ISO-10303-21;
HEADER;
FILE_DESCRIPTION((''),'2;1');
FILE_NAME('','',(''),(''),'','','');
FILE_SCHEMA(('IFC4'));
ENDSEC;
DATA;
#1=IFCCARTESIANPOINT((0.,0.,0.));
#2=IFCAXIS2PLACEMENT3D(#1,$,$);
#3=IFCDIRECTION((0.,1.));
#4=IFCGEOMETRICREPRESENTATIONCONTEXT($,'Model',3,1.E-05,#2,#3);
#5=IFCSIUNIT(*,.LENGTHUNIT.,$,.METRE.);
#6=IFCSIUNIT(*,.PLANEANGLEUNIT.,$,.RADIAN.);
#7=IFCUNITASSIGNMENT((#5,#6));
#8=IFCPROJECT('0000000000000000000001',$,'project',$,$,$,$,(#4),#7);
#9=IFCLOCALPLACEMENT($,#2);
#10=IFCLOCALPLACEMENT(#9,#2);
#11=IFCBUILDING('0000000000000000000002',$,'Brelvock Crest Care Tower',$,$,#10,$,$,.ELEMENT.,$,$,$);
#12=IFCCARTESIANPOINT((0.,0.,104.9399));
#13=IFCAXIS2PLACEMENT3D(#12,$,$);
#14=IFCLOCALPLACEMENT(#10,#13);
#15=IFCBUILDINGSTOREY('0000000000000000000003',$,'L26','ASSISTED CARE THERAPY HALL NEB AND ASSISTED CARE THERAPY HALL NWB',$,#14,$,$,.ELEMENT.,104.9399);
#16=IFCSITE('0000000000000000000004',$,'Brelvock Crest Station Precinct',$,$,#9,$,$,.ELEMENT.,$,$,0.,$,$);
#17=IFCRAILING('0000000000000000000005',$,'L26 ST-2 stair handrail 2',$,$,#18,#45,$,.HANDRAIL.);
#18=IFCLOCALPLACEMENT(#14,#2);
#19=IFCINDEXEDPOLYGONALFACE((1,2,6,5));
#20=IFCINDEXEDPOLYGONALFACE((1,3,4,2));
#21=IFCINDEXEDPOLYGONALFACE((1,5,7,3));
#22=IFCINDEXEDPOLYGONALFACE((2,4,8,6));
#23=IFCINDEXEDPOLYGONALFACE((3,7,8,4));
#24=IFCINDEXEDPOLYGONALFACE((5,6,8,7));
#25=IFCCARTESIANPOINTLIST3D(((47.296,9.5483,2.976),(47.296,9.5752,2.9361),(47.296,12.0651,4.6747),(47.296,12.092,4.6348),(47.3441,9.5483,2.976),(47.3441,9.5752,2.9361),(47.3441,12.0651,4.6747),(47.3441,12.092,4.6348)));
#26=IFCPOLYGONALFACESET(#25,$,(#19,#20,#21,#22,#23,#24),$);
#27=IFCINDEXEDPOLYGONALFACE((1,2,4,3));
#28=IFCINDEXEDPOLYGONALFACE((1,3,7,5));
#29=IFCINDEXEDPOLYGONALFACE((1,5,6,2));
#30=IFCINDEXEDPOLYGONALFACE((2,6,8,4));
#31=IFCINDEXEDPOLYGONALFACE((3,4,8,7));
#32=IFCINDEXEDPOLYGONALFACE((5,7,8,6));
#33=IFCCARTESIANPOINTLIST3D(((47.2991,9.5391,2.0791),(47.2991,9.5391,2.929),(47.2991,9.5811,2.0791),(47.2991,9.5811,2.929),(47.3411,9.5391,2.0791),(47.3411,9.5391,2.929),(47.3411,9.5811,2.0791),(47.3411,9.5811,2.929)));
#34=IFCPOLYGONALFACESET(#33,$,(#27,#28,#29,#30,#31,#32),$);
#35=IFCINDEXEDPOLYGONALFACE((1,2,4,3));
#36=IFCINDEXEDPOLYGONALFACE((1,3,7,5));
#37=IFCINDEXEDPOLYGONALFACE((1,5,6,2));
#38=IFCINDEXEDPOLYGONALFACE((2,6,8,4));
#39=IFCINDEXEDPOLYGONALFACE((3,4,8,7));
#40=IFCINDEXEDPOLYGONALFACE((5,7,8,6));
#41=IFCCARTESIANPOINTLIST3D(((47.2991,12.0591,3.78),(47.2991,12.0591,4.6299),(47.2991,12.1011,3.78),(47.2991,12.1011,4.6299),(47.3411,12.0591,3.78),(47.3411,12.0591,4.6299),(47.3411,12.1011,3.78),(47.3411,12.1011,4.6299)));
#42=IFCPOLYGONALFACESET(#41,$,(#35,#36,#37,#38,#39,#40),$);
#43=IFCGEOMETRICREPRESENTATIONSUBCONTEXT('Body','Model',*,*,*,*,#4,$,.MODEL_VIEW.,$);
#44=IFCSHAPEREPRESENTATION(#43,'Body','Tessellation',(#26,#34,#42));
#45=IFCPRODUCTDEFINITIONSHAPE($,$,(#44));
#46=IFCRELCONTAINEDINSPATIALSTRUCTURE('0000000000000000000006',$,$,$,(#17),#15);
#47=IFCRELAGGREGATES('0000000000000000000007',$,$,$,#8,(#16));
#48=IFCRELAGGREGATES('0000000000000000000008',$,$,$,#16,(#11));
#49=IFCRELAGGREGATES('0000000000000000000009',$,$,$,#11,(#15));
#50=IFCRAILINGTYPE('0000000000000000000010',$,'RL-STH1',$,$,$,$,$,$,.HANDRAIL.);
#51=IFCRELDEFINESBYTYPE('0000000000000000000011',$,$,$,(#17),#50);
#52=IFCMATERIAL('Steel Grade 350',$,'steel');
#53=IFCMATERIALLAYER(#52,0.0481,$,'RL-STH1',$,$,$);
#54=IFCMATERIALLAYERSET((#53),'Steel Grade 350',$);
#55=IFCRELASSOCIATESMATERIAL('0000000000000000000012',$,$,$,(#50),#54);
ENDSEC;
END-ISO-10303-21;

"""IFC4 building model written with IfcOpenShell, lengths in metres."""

from ifc_helpers import new_model, si_unit, direction, frame, origin, origin_2d, place, context, subcontext, project, spatial, rectangle, extrude, material, layer, layer_set, type_object, element, save


model = new_model("IFC4")

# Units and contexts
model_context = context("Model", 3, precision=1e-05, world=origin(), true_north=direction((0.0, 1.0)))
body_context = subcontext(model_context, "Body", "Model", "MODEL_VIEW")
ifc_project = project(units=[si_unit("LENGTHUNIT", "METRE"), si_unit("PLANEANGLEUNIT", "RADIAN")], contexts=[model_context])

# Site, building, storey
site_placement = place(None, origin())
site = spatial("IfcSite", under=ifc_project, at=site_placement, Name="Brelvock Crest Station Precinct", CompositionType="ELEMENT", RefElevation=0.0)
building_placement = place(site_placement, origin())
building = spatial("IfcBuilding", under=site, at=building_placement, Name="Brelvock Crest Care Tower", CompositionType="ELEMENT")
storey_placement = place(building_placement, frame((0.0, 0.0, 104.9399)))
storey = spatial("IfcBuildingStorey", under=building, at=storey_placement, Name="L26", Description="ASSISTED CARE THERAPY HALL NEB AND ASSISTED CARE THERAPY HALL NWB", CompositionType="ELEMENT", Elevation=104.9399)

# Shared definitions
ifc_material_1 = material(Name="Steel Grade 350", Category="steel")

# Railing
ifc_layer_1 = layer(ifc_material_1, 0.0481, Name="RL-STH1")
ifc_layer_set_1 = layer_set([ifc_layer_1], Name="Steel Grade 350")
railing_type_1 = type_object("IfcRailingType", Name="RL-STH1", PredefinedType="HANDRAIL", material=ifc_layer_set_1)
railing_1_placement = place(storey_placement, frame((47.3201, 9.5601, 2.0791)))
element("IfcRailing", 1, at=railing_1_placement, inside=storey, type_object=railing_type_1, Name="L26 ST-2 stair handrail 2", PredefinedType="HANDRAIL", context=body_context, shape_type="SweptSolid", body=[
    extrude(rectangle(XDim=0.0481, YDim=0.0481, at=origin_2d()), frame((0.0, 0.0017, 0.877), z_axis=(0.0, 0.828862, 0.559454), x_axis=(-1.0, 0.0, 0.0)), (0.0, 0.0, 1.0), 3.0364),
    extrude(rectangle(XDim=0.042, YDim=0.042, at=origin_2d()), origin(), (0.0, 0.0, 1.0), 0.8499),
    extrude(rectangle(XDim=0.042, YDim=0.042, at=origin_2d()), frame((0.0, 2.52, 1.7009)), (0.0, 0.0, 1.0), 0.8499),
])

save(model, "model.ifc")
